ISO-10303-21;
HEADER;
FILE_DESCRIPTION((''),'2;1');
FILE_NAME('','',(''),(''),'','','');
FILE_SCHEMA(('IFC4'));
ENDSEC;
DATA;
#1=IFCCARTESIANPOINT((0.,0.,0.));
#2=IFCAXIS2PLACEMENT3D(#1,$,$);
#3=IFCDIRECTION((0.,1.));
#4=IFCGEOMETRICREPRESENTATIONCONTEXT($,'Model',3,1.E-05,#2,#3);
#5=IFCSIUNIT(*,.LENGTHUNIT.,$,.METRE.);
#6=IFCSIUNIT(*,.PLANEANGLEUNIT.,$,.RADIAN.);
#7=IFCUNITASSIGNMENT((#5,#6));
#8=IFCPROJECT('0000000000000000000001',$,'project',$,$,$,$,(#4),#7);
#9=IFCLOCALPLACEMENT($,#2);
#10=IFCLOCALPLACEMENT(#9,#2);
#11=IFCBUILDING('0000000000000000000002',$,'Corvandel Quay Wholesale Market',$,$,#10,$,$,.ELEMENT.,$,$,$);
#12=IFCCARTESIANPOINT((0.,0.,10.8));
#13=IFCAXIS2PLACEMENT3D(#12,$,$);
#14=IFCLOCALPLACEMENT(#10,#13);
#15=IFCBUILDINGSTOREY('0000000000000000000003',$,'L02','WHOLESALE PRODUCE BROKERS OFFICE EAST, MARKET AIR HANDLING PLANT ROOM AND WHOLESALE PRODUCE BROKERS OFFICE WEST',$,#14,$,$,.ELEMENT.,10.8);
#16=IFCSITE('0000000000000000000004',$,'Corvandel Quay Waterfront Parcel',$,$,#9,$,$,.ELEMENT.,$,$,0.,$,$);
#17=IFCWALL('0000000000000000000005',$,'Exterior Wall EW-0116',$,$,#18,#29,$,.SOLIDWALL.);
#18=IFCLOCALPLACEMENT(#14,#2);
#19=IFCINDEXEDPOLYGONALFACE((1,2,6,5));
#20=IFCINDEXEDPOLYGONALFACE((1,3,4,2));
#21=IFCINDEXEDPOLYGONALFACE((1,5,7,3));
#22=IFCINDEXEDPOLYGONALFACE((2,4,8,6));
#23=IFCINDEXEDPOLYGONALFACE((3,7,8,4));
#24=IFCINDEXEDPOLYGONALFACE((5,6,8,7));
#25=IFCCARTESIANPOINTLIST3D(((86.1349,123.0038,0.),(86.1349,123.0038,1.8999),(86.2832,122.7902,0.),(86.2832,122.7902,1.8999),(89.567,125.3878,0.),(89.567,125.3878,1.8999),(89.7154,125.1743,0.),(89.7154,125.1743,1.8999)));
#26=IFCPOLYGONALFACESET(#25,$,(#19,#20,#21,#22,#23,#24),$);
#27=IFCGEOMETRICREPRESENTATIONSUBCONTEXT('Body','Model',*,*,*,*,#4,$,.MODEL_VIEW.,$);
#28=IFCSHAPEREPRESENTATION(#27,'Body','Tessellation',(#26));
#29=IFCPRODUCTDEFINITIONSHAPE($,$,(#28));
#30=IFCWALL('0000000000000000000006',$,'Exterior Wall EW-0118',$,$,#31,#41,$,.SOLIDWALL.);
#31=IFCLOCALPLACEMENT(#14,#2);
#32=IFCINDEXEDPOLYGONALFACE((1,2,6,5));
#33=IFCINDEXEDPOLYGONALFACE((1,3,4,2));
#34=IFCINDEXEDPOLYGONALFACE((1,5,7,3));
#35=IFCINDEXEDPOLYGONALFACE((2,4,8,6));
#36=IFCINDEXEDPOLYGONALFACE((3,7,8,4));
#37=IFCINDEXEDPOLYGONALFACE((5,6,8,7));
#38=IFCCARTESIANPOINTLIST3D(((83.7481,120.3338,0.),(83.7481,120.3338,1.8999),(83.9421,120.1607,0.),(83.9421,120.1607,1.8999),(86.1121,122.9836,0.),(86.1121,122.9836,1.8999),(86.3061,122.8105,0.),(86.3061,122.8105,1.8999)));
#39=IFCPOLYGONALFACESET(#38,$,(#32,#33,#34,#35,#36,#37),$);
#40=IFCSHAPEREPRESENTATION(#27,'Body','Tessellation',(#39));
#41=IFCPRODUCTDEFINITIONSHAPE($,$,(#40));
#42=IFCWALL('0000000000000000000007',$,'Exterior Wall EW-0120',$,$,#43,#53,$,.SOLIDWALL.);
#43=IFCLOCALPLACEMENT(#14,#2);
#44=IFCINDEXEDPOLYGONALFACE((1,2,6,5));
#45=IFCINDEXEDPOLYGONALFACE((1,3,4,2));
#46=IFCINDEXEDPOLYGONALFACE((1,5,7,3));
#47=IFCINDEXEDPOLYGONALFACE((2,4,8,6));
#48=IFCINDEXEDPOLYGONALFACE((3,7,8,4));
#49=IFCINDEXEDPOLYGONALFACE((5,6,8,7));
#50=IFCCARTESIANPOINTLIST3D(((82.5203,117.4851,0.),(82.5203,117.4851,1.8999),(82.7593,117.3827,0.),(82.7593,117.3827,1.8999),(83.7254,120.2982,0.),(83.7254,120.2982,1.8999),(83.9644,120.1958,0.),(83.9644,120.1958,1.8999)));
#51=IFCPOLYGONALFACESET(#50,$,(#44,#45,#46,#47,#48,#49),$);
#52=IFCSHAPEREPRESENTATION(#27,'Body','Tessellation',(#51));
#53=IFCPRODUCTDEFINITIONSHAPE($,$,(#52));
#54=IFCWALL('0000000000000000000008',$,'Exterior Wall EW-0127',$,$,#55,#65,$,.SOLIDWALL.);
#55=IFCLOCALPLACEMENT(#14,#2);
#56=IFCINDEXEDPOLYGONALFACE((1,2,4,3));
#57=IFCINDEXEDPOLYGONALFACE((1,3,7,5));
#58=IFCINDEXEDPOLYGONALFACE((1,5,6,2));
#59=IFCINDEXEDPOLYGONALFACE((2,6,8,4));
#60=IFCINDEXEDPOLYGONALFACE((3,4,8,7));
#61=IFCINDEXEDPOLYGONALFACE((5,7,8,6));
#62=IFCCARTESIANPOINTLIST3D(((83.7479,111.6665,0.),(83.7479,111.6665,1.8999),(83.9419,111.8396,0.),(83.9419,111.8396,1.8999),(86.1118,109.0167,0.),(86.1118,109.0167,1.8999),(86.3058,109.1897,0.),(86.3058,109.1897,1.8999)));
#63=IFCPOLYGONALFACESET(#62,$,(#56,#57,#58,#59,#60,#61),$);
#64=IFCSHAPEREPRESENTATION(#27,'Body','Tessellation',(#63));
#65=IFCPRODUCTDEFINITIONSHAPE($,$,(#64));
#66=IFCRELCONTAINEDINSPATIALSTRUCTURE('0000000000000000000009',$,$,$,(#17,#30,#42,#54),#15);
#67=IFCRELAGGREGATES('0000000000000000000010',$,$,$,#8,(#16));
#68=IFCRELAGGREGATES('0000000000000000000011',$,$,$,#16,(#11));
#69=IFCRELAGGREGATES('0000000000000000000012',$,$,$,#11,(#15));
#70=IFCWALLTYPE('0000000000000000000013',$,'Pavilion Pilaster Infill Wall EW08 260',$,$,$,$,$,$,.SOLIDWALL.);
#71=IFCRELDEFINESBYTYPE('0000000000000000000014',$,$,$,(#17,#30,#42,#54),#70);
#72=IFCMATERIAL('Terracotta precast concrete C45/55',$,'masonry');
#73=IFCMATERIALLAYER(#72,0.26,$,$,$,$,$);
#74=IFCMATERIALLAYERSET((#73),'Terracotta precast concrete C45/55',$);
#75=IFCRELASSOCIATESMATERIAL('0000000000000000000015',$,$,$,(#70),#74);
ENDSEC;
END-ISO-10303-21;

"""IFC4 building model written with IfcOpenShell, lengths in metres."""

from ifc_helpers import new_model, si_unit, direction, frame, frame_2d, origin, place, context, subcontext, project, spatial, rectangle, extrude, material, layer, layer_set, type_object, element, save


model = new_model("IFC4")

# Units and contexts
model_context = context("Model", 3, precision=1e-05, world=origin(), true_north=direction((0.0, 1.0)))
body_context = subcontext(model_context, "Body", "Model", "MODEL_VIEW")
ifc_project = project(units=[si_unit("LENGTHUNIT", "METRE"), si_unit("PLANEANGLEUNIT", "RADIAN")], contexts=[model_context])

# Site, building, storey
site_placement = place(None, origin())
site = spatial("IfcSite", under=ifc_project, at=site_placement, Name="Corvandel Quay Waterfront Parcel", CompositionType="ELEMENT", RefElevation=0.0)
building_placement = place(site_placement, origin())
building = spatial("IfcBuilding", under=site, at=building_placement, Name="Corvandel Quay Wholesale Market", CompositionType="ELEMENT")
storey_placement = place(building_placement, frame((0.0, 0.0, 10.8)))
storey = spatial("IfcBuildingStorey", under=building, at=storey_placement, Name="L02", Description="WHOLESALE PRODUCE BROKERS OFFICE EAST, MARKET AIR HANDLING PLANT ROOM AND WHOLESALE PRODUCE BROKERS OFFICE WEST", CompositionType="ELEMENT", Elevation=10.8)

# Walls
ifc_material_1 = material(Name="Terracotta precast concrete C45/55", Category="masonry")
ifc_layer_1 = layer(ifc_material_1, 0.26)
ifc_layer_set_1 = layer_set([ifc_layer_1], Name="Terracotta precast concrete C45/55")
wall_type = type_object("IfcWallType", Name="Pavilion Pilaster Infill Wall EW08 260", PredefinedType="SOLIDWALL", material=ifc_layer_set_1)
wall_1_placement = place(storey_placement, frame((89.6411, 125.281, 0.0), z_axis=(0.0, 0.0, 1.0), x_axis=(-0.821302, -0.570494, 0.0)))
element("IfcWall", 1, at=wall_1_placement, inside=storey, type_object=wall_type, Name="Exterior Wall EW-0116", PredefinedType="SOLIDWALL", context=body_context, shape_type="SweptSolid", body=[
    extrude(rectangle(XDim=4.179, YDim=0.26, at=frame_2d((2.0894, 0.0))), origin(), (0.0, 0.0, 1.0), 1.8999),
])
wall_2_placement = place(storey_placement, frame((86.209, 122.897, 0.0), z_axis=(0.0, 0.0, 1.0), x_axis=(-0.665707, -0.746213, 0.0)))
element("IfcWall", 2, at=wall_2_placement, inside=storey, type_object=wall_type, Name="Exterior Wall EW-0118", PredefinedType="SOLIDWALL", context=body_context, shape_type="SweptSolid", body=[
    extrude(rectangle(XDim=3.551, YDim=0.26, at=frame_2d((1.7754, 0.0))), origin(), (0.0, 0.0, 1.0), 1.8999),
])
wall_3_placement = place(storey_placement, frame((83.845, 120.2471, 0.0), z_axis=(0.0, 0.0, 1.0), x_axis=(-0.393784, -0.919203, 0.0)))
element("IfcWall", 3, at=wall_3_placement, inside=storey, type_object=wall_type, Name="Exterior Wall EW-0120", PredefinedType="SOLIDWALL", context=body_context, shape_type="SweptSolid", body=[
    extrude(rectangle(XDim=3.0603, YDim=0.26, at=frame_2d((1.5303, 0.0))), origin(), (0.0, 0.0, 1.0), 1.8999),
])
wall_4_placement = place(storey_placement, frame((83.845, 111.7529, 0.0), z_axis=(0.0, 0.0, 1.0), x_axis=(0.665707, -0.746213, 0.0)))
element("IfcWall", 4, at=wall_4_placement, inside=storey, type_object=wall_type, Name="Exterior Wall EW-0127", PredefinedType="SOLIDWALL", context=body_context, shape_type="SweptSolid", body=[
    extrude(rectangle(XDim=3.551, YDim=0.26, at=frame_2d((1.7754, 0.0))), origin(), (0.0, 0.0, 1.0), 1.8999),
])

save(model, "model.ifc")
